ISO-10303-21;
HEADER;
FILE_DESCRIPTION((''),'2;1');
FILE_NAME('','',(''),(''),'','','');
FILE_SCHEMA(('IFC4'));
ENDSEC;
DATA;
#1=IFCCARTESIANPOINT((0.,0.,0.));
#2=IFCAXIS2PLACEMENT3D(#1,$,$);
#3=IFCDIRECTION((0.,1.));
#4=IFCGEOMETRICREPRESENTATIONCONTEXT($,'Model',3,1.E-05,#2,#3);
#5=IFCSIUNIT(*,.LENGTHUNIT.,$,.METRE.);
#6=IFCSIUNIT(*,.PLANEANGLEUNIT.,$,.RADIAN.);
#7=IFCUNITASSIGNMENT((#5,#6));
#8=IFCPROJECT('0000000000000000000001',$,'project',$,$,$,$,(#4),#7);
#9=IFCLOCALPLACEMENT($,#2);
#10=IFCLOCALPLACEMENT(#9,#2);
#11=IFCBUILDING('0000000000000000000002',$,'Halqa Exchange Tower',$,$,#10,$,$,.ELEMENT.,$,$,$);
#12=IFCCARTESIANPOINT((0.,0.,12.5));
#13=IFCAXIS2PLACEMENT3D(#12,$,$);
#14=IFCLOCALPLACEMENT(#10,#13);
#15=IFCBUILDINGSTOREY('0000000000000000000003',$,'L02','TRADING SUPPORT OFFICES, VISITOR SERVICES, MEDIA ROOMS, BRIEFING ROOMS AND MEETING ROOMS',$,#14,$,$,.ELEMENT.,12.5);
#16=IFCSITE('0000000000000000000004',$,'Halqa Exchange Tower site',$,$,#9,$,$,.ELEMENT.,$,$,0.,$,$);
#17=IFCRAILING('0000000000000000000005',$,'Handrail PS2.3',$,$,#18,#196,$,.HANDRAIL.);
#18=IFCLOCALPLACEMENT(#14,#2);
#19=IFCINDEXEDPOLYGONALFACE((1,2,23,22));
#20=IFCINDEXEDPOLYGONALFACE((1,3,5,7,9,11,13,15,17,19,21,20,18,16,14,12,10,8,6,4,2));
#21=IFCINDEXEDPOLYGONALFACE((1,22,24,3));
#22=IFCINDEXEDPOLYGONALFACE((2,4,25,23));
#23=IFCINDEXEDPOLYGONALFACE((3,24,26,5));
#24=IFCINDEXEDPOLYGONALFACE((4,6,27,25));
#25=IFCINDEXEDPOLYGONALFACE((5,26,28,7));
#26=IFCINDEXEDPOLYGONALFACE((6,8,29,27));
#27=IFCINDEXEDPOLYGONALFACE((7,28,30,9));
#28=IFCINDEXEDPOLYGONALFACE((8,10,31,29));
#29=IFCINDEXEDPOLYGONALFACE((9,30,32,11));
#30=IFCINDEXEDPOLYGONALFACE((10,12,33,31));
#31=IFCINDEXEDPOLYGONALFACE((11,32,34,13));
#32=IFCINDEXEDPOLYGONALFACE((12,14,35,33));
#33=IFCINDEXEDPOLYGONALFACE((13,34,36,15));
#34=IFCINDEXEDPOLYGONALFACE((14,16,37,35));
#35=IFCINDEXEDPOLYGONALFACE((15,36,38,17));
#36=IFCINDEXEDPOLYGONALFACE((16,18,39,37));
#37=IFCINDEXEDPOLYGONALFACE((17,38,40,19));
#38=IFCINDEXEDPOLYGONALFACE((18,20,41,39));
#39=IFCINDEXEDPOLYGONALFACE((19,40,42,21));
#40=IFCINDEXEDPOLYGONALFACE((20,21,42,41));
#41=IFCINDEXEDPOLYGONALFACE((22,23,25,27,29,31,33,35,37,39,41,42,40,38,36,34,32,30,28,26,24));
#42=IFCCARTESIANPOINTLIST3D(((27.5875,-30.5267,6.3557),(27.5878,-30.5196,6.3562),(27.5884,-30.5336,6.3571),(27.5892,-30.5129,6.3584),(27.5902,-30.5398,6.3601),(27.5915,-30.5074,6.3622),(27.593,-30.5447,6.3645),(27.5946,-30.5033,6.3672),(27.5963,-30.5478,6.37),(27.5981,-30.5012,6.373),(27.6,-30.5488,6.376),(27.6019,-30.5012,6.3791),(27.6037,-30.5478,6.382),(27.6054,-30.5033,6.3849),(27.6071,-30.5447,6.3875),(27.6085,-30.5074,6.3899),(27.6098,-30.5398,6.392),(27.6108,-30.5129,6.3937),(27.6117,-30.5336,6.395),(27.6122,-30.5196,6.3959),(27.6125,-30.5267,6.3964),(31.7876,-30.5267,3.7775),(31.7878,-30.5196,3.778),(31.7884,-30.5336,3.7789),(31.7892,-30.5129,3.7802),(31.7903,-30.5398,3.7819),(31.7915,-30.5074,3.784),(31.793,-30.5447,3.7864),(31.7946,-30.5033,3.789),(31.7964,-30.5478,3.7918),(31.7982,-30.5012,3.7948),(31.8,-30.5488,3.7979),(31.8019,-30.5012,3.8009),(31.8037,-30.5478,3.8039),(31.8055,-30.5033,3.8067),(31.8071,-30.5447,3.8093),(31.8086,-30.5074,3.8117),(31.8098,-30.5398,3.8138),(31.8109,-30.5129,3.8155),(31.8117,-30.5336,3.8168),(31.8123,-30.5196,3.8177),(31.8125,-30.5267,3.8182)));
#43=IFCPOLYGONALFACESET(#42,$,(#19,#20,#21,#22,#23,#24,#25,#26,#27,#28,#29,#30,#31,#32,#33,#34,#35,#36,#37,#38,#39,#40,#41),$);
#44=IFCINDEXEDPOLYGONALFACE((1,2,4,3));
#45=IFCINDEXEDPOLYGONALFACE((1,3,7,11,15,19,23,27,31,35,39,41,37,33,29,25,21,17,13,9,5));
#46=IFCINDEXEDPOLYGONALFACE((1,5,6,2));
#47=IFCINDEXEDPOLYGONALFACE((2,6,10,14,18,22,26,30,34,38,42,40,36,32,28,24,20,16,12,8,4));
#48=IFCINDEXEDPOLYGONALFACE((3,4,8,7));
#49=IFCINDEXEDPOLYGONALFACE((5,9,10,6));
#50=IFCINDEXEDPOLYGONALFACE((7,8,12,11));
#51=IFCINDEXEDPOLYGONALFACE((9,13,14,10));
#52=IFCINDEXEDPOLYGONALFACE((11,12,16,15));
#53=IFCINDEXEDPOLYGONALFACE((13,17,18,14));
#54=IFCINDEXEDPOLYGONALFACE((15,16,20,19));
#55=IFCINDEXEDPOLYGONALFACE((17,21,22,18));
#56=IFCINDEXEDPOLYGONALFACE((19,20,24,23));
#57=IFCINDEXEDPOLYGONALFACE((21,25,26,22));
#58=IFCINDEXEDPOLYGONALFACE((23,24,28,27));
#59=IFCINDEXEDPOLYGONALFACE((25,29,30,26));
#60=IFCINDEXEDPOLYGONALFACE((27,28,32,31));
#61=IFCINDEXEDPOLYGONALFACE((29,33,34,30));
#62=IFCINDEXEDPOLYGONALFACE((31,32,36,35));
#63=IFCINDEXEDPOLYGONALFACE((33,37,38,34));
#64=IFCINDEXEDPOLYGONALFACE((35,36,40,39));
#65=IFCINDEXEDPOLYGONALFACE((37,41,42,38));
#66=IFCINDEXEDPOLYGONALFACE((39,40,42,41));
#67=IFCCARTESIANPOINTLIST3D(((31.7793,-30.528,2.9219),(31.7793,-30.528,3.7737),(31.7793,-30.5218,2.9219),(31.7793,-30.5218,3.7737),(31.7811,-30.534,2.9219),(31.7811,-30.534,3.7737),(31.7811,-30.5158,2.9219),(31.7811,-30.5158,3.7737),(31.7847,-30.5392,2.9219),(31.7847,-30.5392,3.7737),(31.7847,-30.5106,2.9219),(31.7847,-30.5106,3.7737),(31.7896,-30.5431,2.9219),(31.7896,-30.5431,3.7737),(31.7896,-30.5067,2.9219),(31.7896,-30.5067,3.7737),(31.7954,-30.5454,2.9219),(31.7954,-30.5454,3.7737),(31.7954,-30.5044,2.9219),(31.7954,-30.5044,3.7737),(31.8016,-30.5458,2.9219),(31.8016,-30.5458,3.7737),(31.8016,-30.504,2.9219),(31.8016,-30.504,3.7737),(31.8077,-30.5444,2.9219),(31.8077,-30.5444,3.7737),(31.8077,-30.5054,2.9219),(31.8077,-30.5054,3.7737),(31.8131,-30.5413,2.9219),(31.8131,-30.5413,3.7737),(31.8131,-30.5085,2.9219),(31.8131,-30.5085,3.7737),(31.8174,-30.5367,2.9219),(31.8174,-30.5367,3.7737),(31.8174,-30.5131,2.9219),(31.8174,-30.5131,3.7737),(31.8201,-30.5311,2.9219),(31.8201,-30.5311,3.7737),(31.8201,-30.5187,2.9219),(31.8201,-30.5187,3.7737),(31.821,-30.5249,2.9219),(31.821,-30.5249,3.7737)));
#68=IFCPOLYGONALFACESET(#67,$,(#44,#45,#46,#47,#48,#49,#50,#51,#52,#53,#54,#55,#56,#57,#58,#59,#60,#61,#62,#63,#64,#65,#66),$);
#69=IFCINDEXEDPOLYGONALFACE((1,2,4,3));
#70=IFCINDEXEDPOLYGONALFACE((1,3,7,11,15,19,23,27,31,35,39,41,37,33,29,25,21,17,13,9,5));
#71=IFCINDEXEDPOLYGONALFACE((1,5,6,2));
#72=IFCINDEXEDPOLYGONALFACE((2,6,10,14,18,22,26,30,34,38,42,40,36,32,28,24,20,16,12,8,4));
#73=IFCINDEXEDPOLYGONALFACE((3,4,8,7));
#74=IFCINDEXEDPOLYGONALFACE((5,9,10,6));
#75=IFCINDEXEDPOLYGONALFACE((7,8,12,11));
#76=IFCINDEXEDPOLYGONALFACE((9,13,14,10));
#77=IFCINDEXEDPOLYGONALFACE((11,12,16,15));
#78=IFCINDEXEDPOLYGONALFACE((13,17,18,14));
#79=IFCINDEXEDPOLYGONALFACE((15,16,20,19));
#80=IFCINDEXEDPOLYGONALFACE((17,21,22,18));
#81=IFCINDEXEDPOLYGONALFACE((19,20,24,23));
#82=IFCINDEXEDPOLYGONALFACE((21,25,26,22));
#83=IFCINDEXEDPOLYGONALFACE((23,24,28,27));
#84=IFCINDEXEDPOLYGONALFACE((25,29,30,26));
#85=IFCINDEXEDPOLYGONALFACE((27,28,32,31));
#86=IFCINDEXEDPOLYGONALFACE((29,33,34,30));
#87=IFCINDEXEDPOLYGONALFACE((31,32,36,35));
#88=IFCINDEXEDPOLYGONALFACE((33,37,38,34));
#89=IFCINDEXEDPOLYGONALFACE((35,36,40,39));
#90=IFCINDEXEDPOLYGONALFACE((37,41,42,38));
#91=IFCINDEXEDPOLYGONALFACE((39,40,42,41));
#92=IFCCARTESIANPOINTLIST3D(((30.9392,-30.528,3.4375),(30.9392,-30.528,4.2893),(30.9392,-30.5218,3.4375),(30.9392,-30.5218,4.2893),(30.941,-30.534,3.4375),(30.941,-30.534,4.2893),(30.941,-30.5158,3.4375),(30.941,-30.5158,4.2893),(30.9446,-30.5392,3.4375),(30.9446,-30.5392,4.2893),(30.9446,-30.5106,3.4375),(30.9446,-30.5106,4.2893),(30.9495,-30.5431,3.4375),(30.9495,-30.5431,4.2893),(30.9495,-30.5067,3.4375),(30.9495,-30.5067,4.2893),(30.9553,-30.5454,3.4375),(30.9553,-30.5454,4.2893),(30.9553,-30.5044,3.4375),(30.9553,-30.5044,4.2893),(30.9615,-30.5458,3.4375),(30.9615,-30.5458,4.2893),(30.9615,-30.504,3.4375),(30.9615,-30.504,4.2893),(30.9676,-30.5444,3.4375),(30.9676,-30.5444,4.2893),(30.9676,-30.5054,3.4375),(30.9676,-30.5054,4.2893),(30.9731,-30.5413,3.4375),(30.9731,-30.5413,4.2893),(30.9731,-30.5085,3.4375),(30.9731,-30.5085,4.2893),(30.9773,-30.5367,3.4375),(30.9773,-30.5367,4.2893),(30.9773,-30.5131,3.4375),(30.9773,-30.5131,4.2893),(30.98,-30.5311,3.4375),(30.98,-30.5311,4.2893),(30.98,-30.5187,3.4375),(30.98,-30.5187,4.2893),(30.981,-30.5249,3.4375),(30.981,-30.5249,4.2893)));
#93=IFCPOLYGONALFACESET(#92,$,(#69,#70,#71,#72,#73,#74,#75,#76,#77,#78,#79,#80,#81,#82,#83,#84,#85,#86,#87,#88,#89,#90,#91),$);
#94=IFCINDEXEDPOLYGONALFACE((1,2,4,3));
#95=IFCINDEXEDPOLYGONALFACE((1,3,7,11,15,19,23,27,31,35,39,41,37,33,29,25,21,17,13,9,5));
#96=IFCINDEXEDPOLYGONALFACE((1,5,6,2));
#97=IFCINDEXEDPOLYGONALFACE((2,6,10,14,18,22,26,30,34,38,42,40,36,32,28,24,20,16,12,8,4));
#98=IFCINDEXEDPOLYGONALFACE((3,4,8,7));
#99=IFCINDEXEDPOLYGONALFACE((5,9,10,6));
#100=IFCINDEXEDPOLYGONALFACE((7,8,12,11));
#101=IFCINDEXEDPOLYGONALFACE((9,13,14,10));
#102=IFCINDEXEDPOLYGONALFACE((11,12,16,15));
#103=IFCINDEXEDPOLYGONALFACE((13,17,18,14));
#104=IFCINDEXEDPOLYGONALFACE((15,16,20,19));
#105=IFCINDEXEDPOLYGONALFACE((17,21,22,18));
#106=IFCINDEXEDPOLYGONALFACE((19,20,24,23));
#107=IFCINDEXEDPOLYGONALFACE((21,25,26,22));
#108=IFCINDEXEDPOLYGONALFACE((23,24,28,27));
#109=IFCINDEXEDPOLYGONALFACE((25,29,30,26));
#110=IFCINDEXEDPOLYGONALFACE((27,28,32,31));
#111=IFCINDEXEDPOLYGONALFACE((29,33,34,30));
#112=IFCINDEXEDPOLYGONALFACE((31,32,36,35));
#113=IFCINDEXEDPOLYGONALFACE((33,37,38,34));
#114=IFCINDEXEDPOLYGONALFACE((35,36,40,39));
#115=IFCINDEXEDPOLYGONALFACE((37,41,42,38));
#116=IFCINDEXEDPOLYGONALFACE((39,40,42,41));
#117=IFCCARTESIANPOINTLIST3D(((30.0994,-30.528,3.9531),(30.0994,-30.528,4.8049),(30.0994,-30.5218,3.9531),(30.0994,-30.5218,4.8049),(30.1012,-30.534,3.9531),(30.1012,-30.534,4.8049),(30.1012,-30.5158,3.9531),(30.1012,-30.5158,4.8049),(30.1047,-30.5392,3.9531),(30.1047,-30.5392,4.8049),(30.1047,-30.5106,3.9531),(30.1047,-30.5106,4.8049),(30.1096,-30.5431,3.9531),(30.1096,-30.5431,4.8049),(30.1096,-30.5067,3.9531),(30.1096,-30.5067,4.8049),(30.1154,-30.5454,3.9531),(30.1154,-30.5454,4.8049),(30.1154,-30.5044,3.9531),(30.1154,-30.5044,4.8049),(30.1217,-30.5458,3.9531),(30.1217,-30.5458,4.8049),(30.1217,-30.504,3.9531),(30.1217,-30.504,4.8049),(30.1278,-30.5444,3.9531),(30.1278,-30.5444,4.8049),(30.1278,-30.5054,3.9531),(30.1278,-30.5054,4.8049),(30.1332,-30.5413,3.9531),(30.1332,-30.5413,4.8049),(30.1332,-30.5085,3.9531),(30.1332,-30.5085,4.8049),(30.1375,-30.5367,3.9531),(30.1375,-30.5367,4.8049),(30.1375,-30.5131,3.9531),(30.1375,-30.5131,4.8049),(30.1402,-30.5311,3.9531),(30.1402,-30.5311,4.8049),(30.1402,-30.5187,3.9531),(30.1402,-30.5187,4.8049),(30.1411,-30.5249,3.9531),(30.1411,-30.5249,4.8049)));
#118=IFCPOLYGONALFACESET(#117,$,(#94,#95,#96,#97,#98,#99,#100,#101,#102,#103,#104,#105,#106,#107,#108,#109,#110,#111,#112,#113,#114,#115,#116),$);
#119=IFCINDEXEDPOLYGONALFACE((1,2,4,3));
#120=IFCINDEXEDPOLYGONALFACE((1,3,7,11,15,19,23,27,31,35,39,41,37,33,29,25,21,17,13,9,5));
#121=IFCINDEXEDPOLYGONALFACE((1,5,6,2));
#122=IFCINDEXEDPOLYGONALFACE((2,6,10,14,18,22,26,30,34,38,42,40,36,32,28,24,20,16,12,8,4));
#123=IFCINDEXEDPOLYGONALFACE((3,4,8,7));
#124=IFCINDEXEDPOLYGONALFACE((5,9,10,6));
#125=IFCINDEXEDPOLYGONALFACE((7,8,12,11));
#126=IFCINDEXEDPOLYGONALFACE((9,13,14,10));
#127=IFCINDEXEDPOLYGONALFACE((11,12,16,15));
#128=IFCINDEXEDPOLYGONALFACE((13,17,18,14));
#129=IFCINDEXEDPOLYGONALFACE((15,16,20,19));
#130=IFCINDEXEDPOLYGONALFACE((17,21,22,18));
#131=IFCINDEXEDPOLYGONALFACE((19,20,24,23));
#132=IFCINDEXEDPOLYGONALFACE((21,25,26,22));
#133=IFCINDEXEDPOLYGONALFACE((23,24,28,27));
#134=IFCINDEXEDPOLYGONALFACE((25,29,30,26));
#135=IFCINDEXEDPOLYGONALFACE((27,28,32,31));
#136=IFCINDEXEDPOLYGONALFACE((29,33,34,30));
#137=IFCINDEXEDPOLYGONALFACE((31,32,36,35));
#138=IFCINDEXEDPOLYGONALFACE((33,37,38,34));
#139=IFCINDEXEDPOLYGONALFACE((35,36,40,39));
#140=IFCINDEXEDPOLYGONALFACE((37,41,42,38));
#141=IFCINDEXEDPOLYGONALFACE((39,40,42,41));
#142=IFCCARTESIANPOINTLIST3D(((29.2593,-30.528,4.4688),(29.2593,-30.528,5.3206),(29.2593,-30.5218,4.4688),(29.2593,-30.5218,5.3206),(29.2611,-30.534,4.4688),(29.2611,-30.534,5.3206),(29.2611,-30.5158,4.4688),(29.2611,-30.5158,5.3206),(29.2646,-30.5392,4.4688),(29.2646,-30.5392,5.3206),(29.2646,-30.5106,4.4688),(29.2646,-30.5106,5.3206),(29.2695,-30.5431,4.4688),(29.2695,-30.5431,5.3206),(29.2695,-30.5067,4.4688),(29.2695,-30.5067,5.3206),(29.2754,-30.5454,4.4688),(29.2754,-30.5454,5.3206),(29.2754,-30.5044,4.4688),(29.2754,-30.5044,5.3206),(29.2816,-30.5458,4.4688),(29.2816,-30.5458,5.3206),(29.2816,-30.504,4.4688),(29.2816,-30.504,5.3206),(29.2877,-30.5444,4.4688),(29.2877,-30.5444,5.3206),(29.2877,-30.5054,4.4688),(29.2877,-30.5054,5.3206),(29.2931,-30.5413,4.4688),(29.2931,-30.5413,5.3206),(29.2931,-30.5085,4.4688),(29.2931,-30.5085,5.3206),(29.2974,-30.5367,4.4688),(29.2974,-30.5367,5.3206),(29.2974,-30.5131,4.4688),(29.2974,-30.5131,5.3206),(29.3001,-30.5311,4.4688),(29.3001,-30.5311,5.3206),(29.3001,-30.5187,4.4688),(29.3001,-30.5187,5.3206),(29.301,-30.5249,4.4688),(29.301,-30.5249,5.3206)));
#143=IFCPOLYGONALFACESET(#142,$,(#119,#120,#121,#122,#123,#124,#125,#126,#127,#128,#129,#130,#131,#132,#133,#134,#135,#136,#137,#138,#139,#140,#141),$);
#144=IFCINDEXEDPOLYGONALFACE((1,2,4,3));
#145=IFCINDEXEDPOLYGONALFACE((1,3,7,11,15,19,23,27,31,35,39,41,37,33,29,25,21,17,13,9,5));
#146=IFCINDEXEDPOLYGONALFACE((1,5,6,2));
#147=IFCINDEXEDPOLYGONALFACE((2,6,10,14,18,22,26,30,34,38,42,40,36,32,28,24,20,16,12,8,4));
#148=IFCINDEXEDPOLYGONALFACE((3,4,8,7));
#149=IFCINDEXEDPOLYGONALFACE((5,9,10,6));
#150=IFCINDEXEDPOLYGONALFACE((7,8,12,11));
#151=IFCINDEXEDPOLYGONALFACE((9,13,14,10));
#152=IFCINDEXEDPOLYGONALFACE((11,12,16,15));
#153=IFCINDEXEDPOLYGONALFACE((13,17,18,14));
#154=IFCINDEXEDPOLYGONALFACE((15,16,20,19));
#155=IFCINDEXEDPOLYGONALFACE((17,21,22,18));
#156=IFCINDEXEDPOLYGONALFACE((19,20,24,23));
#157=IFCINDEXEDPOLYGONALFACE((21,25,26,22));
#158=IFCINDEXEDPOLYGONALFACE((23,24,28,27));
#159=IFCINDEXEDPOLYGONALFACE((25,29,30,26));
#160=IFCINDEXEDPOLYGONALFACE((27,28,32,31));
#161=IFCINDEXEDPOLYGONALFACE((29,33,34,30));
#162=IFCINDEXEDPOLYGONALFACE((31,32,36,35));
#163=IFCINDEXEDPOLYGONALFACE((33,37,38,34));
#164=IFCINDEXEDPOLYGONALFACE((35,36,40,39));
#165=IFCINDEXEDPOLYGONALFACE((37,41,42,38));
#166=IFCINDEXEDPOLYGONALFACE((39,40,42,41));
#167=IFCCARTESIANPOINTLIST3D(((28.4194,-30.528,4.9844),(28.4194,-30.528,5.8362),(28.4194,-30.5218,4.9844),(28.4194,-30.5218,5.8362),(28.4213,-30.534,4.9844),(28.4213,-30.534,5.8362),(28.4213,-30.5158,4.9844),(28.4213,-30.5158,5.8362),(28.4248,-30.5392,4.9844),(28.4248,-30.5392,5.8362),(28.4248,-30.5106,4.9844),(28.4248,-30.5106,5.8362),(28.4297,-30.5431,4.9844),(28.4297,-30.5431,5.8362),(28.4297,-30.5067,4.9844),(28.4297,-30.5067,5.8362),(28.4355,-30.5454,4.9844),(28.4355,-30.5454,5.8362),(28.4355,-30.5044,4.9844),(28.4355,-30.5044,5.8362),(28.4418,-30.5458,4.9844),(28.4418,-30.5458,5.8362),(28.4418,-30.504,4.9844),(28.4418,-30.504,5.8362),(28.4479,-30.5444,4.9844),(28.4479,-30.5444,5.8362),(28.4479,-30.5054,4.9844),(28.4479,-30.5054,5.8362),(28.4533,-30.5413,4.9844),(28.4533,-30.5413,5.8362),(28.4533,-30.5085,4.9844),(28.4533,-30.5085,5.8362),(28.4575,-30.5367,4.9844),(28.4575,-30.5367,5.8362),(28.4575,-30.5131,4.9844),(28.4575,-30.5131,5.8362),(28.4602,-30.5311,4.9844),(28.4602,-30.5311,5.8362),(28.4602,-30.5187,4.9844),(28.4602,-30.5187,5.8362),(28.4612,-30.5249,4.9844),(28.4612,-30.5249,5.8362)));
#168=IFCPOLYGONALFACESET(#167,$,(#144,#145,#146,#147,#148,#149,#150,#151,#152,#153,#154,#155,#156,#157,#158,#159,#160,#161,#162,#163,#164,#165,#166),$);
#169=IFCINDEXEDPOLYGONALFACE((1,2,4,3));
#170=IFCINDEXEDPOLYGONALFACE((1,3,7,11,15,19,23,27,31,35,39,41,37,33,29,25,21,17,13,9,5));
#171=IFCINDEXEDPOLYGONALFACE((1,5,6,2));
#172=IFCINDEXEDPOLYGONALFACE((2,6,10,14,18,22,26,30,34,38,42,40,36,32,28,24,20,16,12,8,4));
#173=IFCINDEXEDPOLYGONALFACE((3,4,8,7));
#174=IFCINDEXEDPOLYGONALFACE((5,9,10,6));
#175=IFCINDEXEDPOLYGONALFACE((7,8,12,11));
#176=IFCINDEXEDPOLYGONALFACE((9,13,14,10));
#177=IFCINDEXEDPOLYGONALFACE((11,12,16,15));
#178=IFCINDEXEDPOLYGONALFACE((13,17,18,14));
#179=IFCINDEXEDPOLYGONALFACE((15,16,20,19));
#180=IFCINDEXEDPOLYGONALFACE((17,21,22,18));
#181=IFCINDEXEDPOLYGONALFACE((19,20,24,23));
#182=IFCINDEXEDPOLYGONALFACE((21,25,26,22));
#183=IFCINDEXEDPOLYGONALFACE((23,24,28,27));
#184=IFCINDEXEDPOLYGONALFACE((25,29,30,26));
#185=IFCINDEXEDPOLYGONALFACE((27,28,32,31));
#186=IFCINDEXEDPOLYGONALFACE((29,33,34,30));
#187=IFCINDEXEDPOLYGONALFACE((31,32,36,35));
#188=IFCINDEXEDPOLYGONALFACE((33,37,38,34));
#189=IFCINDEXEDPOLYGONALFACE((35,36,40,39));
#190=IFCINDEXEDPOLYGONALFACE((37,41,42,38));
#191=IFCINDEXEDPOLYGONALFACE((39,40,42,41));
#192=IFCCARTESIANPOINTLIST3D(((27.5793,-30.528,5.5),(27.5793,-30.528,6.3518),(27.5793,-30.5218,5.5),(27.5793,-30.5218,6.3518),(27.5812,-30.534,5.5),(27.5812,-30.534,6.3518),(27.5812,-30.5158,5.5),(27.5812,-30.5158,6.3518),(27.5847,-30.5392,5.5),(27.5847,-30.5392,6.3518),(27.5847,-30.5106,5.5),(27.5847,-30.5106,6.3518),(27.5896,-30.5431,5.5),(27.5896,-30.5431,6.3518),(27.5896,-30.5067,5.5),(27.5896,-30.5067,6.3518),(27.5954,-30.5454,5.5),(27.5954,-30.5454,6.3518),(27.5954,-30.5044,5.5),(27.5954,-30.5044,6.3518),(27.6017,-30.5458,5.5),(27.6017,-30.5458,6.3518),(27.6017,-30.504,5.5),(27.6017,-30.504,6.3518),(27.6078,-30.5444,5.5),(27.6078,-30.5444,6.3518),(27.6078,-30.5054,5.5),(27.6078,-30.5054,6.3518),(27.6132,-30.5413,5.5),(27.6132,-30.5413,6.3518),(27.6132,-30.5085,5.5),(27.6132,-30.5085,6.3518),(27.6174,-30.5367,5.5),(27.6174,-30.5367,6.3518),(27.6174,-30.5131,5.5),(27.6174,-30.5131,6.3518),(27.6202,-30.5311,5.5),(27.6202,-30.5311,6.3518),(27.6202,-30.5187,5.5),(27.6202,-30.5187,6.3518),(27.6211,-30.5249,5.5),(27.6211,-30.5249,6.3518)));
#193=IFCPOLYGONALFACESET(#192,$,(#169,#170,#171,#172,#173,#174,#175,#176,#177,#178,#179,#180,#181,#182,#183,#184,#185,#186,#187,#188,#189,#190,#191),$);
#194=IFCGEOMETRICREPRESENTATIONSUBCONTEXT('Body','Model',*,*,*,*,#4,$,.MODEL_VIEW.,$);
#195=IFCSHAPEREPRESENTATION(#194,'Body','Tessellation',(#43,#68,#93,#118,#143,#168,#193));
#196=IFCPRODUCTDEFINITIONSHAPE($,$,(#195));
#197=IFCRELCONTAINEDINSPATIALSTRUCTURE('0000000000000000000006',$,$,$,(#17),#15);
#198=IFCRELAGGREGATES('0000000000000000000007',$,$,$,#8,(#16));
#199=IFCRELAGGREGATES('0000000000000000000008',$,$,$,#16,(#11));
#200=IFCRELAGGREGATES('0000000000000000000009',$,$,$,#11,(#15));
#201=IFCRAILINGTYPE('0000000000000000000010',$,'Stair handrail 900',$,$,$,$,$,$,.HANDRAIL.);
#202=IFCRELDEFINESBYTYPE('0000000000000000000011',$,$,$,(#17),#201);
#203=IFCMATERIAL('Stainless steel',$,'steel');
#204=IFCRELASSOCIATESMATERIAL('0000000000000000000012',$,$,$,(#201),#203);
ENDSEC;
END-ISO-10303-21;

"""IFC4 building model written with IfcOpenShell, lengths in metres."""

from ifc_helpers import new_model, si_unit, direction, frame, origin, origin_2d, place, context, subcontext, project, spatial, circle, extrude, material, type_object, element, save


model = new_model("IFC4")

# Units and contexts
model_context = context("Model", 3, precision=1e-05, world=origin(), true_north=direction((0.0, 1.0)))
body_context = subcontext(model_context, "Body", "Model", "MODEL_VIEW")
ifc_project = project(units=[si_unit("LENGTHUNIT", "METRE"), si_unit("PLANEANGLEUNIT", "RADIAN")], contexts=[model_context])

# Site, building, storey
site_placement = place(None, origin())
site = spatial("IfcSite", under=ifc_project, at=site_placement, Name="Halqa Exchange Tower site", CompositionType="ELEMENT", RefElevation=0.0)
building_placement = place(site_placement, origin())
building = spatial("IfcBuilding", under=site, at=building_placement, Name="Halqa Exchange Tower", CompositionType="ELEMENT")
storey_placement = place(building_placement, frame((0.0, 0.0, 12.5)))
storey = spatial("IfcBuildingStorey", under=building, at=storey_placement, Name="L02", Description="TRADING SUPPORT OFFICES, VISITOR SERVICES, MEDIA ROOMS, BRIEFING ROOMS AND MEETING ROOMS", CompositionType="ELEMENT", Elevation=12.5)

# Railing
ifc_material_1 = material(Name="Stainless steel", Category="steel")
railing_type_1 = type_object("IfcRailingType", Name="Stair handrail 900", PredefinedType="HANDRAIL", material=ifc_material_1)
railing_1_placement = place(storey_placement, frame((31.8, -30.5249, 2.9219)))
element("IfcRailing", 1, at=railing_1_placement, inside=storey, type_object=railing_type_1, Name="Handrail PS2.3", PredefinedType="HANDRAIL", context=body_context, shape_type="SweptSolid", body=[
    extrude(circle(Radius=0.0239, at=origin_2d()), frame((0.0, 0.0, 0.876), z_axis=(-0.852243, 0.0, 0.523146), x_axis=(0.0, -1.0, 0.0)), (0.0, 0.0, 1.0), 4.9282),
    extrude(circle(Radius=0.021, at=origin_2d()), origin(), (0.0, 0.0, 1.0), 0.8518),
    extrude(circle(Radius=0.021, at=origin_2d()), frame((-0.8401, 0.0, 0.5156)), (0.0, 0.0, 1.0), 0.8518),
    extrude(circle(Radius=0.021, at=origin_2d()), frame((-1.6799, 0.0, 1.0312)), (0.0, 0.0, 1.0), 0.8518),
    extrude(circle(Radius=0.021, at=origin_2d()), frame((-2.52, 0.0, 1.5469)), (0.0, 0.0, 1.0), 0.8518),
    extrude(circle(Radius=0.021, at=origin_2d()), frame((-3.3599, 0.0, 2.0625)), (0.0, 0.0, 1.0), 0.8518),
    extrude(circle(Radius=0.021, at=origin_2d()), frame((-4.2, 0.0, 2.5781)), (0.0, 0.0, 1.0), 0.8518),
])

save(model, "model.ifc")
